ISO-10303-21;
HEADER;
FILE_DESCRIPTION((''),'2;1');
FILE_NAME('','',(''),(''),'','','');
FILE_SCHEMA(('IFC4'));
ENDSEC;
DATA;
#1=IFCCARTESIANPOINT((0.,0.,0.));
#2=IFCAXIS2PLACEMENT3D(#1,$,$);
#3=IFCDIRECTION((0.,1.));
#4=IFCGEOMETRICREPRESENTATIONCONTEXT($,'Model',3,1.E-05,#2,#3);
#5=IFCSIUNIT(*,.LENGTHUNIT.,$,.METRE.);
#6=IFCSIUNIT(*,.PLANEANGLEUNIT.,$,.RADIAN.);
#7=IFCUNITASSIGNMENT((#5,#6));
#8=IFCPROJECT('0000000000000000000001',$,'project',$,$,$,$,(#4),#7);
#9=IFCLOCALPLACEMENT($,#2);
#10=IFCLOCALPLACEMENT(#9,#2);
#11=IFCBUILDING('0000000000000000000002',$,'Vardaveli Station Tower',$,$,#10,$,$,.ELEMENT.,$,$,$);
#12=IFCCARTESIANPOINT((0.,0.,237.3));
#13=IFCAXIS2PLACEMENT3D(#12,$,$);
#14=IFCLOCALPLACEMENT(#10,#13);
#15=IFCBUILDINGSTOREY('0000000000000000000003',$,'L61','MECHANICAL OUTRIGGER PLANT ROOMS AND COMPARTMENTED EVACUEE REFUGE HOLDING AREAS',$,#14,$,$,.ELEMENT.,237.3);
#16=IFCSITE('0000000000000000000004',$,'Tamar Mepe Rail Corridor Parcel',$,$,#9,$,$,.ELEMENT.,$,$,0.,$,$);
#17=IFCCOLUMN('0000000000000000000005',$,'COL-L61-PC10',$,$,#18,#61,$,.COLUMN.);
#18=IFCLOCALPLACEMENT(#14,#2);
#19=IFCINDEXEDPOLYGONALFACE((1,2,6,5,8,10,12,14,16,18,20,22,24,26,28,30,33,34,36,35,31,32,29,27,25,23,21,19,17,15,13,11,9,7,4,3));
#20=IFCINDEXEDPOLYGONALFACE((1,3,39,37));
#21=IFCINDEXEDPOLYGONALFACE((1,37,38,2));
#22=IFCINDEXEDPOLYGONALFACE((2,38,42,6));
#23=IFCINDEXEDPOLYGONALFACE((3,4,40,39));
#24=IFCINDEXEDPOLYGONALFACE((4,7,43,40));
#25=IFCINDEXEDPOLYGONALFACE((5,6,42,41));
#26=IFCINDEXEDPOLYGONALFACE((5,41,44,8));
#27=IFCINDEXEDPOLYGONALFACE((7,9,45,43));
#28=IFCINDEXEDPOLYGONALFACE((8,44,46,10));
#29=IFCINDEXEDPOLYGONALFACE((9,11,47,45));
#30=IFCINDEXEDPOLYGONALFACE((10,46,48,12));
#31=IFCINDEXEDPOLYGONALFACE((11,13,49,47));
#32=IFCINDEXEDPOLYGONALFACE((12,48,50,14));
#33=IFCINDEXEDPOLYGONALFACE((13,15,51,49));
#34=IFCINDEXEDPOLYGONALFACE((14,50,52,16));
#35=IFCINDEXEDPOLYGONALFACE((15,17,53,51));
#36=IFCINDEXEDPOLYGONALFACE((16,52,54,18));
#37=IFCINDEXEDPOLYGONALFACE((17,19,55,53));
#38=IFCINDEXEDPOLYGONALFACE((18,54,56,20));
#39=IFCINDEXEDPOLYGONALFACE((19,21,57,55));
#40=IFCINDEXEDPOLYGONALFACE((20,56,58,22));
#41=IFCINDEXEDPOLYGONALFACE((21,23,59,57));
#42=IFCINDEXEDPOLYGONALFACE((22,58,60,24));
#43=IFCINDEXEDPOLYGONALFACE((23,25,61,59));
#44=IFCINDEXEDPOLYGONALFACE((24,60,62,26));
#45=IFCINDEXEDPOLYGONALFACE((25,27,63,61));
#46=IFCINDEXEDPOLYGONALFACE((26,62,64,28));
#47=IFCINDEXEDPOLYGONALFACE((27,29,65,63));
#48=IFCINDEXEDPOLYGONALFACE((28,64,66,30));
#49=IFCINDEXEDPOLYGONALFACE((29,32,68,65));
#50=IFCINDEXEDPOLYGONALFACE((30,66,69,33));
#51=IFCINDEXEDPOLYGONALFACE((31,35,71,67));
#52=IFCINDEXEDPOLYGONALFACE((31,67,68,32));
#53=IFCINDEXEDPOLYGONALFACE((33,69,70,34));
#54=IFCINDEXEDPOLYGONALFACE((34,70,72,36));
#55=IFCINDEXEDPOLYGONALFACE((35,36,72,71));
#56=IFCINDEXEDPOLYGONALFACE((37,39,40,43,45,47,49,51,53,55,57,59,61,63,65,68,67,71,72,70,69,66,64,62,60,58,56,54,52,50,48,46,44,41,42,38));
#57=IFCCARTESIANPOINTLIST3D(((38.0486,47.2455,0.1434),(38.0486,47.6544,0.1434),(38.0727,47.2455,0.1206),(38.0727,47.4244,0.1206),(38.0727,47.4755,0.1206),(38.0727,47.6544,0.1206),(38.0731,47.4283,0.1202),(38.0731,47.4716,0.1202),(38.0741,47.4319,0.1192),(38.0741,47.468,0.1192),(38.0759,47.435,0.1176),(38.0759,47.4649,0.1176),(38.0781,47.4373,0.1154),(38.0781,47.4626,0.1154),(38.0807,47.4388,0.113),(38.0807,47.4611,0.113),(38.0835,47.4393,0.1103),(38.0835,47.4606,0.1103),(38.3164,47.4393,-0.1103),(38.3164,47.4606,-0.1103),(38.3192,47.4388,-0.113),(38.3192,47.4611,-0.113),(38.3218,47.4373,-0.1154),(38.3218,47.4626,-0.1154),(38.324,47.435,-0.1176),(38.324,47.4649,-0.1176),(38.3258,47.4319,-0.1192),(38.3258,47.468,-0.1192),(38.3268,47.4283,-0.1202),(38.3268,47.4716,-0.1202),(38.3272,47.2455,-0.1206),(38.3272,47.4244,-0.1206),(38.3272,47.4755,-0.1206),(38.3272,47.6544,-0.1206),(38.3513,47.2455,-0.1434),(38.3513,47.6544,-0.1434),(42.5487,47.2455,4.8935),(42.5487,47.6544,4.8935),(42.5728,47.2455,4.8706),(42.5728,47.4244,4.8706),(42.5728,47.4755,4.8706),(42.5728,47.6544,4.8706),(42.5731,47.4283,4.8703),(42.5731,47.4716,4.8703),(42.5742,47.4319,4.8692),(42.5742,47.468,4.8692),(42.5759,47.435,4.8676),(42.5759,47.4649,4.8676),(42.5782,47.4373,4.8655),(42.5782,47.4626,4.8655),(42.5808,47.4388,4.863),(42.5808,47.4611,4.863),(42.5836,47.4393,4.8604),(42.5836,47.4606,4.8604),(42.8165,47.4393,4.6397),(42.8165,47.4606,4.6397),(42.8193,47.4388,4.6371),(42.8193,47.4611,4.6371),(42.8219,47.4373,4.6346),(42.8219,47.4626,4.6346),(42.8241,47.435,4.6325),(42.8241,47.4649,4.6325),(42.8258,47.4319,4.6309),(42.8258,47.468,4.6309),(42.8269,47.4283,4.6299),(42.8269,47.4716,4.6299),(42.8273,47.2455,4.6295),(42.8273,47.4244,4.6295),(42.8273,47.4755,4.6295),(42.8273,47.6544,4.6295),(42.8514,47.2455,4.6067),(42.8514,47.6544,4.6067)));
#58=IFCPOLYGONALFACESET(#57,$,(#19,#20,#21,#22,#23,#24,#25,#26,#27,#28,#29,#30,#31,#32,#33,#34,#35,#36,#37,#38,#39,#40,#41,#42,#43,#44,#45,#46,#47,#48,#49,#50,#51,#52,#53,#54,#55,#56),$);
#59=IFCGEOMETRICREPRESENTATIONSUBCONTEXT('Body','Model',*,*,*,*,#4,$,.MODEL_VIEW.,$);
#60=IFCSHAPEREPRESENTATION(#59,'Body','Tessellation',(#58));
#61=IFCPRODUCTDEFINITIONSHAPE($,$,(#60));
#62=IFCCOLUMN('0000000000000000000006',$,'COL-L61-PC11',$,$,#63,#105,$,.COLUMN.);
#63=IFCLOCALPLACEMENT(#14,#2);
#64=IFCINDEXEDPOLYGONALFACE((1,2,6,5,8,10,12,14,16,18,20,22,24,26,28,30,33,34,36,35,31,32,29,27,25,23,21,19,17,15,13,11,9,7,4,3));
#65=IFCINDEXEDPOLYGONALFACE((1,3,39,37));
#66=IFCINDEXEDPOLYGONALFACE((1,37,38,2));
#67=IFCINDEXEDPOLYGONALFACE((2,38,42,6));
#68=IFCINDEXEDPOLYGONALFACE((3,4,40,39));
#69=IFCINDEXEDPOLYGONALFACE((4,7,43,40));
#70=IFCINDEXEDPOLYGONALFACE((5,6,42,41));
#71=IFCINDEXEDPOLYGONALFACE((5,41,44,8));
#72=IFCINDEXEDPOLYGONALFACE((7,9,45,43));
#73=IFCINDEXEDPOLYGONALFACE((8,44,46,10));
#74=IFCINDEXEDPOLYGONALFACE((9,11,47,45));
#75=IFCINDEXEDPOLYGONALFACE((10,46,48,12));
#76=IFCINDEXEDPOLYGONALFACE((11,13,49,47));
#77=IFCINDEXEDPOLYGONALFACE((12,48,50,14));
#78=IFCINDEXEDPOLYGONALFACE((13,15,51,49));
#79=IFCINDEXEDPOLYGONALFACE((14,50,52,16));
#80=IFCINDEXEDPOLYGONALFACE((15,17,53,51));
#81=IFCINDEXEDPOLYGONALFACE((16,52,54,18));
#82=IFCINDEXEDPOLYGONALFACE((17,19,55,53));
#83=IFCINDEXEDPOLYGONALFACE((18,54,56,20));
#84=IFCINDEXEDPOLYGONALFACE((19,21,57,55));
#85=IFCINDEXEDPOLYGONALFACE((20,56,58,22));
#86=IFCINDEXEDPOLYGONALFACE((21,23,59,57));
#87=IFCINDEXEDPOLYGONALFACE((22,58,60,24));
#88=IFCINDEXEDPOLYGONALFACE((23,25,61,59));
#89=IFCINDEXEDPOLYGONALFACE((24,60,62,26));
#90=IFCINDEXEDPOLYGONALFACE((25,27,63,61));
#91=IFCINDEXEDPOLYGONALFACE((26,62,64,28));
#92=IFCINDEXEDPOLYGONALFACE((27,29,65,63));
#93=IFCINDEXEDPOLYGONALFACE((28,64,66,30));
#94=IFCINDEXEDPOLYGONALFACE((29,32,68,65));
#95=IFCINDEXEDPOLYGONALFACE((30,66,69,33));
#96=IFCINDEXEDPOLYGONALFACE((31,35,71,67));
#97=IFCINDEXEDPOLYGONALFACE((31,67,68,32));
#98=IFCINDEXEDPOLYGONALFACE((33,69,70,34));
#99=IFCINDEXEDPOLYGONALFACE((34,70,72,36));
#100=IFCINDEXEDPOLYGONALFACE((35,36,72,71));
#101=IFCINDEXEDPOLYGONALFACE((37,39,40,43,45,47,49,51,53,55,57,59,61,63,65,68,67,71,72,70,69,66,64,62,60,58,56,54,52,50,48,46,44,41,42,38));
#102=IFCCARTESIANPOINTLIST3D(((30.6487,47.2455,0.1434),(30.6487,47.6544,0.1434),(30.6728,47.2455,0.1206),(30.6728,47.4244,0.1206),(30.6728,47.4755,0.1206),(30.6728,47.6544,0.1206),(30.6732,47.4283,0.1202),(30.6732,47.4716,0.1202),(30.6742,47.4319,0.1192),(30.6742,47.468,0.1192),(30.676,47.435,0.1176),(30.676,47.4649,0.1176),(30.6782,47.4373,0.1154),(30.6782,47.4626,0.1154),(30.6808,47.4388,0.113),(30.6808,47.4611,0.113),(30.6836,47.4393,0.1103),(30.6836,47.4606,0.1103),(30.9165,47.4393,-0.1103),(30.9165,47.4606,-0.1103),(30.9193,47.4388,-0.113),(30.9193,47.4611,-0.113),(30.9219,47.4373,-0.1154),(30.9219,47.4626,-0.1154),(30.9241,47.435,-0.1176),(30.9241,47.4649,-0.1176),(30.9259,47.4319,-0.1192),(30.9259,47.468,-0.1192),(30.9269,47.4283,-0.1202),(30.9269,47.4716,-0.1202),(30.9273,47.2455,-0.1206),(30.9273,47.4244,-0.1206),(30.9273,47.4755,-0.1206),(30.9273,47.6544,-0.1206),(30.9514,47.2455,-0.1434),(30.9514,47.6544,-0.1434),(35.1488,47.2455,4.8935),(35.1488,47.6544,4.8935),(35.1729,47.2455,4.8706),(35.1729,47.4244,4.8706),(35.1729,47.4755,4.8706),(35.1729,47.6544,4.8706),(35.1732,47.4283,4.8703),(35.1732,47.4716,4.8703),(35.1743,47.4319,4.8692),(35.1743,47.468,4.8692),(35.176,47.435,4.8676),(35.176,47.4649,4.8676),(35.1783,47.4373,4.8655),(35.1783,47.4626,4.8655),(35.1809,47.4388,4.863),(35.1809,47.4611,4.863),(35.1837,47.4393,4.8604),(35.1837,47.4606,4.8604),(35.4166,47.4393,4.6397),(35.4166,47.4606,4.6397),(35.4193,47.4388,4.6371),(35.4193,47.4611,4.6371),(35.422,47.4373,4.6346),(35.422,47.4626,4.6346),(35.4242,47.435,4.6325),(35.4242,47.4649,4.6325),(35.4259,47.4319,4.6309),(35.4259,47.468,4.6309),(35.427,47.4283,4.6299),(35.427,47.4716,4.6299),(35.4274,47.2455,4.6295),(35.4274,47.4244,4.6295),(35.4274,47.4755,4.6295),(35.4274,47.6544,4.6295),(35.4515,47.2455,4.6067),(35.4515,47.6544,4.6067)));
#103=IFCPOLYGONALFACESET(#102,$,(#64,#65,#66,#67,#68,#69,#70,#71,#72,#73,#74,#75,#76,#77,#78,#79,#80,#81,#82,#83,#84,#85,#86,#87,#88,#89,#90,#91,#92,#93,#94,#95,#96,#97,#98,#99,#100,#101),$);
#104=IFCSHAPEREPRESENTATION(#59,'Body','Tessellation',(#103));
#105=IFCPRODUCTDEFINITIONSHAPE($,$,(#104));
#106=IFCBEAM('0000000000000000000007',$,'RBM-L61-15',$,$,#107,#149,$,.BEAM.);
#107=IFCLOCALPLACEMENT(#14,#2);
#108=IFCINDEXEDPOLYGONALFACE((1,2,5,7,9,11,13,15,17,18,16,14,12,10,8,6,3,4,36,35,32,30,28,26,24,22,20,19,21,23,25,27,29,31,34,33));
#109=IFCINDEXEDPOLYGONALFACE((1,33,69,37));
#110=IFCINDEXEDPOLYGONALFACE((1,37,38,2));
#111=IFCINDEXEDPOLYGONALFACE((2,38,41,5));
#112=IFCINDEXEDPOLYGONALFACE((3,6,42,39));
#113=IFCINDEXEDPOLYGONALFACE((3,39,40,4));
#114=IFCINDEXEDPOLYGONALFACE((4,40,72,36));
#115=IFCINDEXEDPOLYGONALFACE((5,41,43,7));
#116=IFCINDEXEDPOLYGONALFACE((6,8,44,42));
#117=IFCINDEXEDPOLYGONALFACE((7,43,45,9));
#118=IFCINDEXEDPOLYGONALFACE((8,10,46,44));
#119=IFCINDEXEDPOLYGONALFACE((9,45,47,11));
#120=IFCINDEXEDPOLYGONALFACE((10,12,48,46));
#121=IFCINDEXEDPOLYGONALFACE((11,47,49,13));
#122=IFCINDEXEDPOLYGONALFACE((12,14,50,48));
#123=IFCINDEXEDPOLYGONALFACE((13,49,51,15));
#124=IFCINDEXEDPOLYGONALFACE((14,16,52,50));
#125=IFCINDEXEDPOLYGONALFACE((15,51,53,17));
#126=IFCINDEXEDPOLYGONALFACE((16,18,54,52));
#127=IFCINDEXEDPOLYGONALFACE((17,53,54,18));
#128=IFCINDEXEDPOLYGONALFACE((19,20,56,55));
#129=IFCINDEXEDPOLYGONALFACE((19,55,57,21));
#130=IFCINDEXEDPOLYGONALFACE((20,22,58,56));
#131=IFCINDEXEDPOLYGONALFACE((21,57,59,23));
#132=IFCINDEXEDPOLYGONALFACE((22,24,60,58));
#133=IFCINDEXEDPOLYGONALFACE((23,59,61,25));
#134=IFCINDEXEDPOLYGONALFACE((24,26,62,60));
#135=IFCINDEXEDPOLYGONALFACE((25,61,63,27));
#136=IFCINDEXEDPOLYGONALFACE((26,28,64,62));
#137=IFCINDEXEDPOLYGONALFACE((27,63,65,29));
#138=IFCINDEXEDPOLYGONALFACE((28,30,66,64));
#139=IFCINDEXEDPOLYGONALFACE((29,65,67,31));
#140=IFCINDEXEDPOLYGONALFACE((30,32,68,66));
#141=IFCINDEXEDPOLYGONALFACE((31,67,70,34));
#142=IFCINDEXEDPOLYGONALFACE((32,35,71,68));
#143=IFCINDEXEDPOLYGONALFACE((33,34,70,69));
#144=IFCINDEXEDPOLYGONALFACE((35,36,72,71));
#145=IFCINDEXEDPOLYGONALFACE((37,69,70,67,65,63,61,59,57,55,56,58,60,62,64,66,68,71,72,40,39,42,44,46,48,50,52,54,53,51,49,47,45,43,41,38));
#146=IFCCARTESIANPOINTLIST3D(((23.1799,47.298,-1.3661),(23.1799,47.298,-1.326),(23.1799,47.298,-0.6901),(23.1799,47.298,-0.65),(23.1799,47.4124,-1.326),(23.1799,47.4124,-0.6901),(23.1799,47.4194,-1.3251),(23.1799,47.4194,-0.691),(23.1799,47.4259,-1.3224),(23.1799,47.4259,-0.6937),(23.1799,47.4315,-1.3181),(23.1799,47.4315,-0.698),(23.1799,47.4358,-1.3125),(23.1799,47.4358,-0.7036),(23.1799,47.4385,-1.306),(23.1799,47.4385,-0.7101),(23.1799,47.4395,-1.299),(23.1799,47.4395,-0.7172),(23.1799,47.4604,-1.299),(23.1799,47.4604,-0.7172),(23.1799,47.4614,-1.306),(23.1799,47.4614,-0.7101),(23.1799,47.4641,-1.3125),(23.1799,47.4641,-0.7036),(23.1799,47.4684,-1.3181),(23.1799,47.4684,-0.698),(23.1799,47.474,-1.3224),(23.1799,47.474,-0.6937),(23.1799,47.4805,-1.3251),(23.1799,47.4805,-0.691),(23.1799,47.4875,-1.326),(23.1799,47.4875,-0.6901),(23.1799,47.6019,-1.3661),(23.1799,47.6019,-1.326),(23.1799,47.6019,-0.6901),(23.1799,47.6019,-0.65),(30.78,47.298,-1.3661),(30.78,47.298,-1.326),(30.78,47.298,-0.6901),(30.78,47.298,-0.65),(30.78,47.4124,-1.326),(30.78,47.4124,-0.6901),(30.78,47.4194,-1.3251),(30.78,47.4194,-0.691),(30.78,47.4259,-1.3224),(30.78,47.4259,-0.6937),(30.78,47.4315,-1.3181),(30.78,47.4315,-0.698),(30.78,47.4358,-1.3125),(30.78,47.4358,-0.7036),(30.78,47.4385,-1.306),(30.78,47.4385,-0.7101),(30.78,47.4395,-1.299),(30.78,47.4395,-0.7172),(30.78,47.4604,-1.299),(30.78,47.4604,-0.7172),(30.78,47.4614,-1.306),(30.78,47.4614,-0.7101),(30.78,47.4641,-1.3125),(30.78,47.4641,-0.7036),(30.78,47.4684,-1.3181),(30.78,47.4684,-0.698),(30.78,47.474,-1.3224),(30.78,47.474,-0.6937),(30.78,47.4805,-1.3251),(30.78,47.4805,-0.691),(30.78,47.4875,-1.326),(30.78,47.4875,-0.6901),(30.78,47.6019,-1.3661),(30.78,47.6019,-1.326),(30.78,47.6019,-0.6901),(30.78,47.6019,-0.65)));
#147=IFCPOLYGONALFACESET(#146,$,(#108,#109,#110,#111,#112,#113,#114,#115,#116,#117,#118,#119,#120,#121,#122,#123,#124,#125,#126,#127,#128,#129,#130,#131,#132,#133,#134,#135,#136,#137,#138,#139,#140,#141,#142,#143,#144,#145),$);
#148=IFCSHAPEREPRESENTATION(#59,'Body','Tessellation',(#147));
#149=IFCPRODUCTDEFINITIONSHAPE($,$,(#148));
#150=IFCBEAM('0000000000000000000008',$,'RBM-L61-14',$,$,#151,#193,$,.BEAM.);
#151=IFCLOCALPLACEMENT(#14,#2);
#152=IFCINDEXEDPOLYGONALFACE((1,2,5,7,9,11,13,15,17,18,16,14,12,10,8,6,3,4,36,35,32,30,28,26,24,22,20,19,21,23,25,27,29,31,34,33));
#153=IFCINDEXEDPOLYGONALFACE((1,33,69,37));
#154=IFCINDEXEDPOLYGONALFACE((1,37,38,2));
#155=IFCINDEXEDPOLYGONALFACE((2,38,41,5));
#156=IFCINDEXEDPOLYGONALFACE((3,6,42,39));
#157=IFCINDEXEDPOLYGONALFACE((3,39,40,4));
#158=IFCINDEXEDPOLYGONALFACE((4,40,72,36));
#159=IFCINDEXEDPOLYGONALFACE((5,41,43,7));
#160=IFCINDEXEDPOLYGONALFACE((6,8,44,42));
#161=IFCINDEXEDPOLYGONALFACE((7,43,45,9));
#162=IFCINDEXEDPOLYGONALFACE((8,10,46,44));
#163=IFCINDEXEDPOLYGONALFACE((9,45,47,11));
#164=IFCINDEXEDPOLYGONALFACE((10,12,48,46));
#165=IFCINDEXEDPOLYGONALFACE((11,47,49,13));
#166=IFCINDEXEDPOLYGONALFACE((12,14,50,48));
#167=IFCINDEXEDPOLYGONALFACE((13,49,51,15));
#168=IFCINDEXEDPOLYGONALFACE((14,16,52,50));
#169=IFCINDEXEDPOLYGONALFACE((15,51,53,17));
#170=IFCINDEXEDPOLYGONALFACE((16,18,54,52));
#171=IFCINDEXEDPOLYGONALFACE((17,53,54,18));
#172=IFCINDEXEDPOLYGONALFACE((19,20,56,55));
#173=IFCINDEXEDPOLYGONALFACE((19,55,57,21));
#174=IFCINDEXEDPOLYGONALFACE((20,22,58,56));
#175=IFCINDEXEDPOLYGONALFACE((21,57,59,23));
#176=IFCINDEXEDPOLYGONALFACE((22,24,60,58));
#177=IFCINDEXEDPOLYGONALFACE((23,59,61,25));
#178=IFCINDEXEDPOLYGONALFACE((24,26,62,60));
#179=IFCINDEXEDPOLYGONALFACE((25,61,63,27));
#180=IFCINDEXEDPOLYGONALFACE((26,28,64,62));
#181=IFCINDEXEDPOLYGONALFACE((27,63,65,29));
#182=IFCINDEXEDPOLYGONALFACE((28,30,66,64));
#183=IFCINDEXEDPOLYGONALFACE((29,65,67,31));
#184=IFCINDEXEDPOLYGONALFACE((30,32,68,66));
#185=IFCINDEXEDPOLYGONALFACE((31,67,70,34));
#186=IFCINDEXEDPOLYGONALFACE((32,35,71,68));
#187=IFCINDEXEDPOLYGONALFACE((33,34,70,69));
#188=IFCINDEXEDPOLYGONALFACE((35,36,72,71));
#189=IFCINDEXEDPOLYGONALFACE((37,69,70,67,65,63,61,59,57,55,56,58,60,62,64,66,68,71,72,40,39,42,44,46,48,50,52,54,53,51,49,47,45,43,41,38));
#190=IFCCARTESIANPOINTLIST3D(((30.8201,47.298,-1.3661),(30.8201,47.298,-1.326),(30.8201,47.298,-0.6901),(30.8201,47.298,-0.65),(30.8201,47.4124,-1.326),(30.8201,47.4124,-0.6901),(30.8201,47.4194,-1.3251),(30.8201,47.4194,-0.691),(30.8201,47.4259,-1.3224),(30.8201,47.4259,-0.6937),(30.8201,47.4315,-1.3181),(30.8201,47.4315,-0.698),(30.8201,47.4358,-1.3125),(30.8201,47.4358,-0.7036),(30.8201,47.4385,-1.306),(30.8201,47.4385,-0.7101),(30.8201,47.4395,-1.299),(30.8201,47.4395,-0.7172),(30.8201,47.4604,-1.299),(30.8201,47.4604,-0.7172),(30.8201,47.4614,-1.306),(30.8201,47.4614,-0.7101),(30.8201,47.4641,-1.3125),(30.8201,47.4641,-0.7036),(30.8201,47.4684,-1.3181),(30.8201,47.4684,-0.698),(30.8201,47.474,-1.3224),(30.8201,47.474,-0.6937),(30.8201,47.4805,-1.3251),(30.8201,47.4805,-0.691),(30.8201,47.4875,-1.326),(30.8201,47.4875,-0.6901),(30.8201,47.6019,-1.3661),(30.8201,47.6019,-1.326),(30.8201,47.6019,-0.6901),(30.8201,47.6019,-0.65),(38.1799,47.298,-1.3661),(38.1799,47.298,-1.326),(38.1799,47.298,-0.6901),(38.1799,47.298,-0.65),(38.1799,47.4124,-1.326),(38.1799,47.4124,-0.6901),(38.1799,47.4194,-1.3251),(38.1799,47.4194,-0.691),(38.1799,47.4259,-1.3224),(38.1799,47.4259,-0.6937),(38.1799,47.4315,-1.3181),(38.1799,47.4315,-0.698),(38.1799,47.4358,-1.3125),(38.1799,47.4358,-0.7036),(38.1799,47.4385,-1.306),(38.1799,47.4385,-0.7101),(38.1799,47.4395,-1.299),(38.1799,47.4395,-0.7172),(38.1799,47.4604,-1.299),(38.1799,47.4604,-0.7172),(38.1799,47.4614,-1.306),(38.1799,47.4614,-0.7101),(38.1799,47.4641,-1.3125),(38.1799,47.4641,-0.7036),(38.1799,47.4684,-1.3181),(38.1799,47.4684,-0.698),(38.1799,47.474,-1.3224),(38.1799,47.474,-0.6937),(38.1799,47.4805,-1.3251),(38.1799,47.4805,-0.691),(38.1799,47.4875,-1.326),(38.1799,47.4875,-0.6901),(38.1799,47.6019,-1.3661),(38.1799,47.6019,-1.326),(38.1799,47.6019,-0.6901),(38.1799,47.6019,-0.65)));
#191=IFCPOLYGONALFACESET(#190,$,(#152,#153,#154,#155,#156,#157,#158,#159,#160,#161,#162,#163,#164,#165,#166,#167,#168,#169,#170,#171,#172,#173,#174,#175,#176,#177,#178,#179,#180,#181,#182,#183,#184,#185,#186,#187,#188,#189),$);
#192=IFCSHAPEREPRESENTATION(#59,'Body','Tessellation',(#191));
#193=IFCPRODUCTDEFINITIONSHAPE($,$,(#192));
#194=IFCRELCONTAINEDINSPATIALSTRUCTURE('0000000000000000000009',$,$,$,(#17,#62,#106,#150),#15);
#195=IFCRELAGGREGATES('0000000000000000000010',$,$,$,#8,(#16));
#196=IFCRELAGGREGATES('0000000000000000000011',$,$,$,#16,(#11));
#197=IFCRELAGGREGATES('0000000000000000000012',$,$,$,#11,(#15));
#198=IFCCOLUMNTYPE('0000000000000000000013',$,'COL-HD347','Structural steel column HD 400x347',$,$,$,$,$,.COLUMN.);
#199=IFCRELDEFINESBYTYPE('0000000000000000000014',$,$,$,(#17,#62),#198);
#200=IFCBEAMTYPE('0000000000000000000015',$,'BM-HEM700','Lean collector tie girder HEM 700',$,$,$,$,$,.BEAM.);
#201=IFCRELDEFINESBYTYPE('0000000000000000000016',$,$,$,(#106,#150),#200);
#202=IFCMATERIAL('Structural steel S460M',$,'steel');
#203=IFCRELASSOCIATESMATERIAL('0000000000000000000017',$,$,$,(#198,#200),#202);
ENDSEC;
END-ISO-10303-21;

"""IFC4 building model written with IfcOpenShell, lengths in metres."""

from ifc_helpers import new_model, si_unit, direction, frame, origin, origin_2d, place, context, subcontext, project, spatial, i_section, extrude, source, transform, mapped, material, material_profile, profile_set, type_object, element, save


model = new_model("IFC4")

# Units and contexts
model_context = context("Model", 3, precision=1e-05, world=origin(), true_north=direction((0.0, 1.0)))
body_context = subcontext(model_context, "Body", "Model", "MODEL_VIEW")
ifc_project = project(units=[si_unit("LENGTHUNIT", "METRE"), si_unit("PLANEANGLEUNIT", "RADIAN")], contexts=[model_context])

# Site, building, storey
site_placement = place(None, origin())
site = spatial("IfcSite", under=ifc_project, at=site_placement, Name="Tamar Mepe Rail Corridor Parcel", CompositionType="ELEMENT", RefElevation=0.0)
building_placement = place(site_placement, origin())
building = spatial("IfcBuilding", under=site, at=building_placement, Name="Vardaveli Station Tower", CompositionType="ELEMENT")
storey_placement = place(building_placement, frame((0.0, 0.0, 237.3)))
storey = spatial("IfcBuildingStorey", under=building, at=storey_placement, Name="L61", Description="MECHANICAL OUTRIGGER PLANT ROOMS AND COMPARTMENTED EVACUEE REFUGE HOLDING AREAS", CompositionType="ELEMENT", Elevation=237.3)

# Columns
ifc_material_1 = material(Name="Structural steel S460M", Category="steel")
ifc_material_profile_1 = material_profile(ifc_material_1, i_section(OverallWidth=0.4089, OverallDepth=0.417, WebThickness=0.0212, FlangeThickness=0.0332, FilletRadius=0.0149, at=origin_2d()), Name="HD 400x347")
ifc_profile_set_1 = profile_set([ifc_material_profile_1], Name="Structural steel S460M")
column_type = type_object("IfcColumnType", Name="COL-HD347", Description="Structural steel column HD 400x347", PredefinedType="COLUMN", material=ifc_profile_set_1)
shared_shape_1 = source(origin(), body_context, "Body", "SweptSolid", [
    extrude(i_section(OverallWidth=0.4089, OverallDepth=0.417, WebThickness=0.0212, FlangeThickness=0.0332, FilletRadius=0.0149, at=origin_2d()), origin(), (0.0, 0.0, 1.0), 6.5432),
])
for number, where, z_axis, x_axis, name in (
    (1, (38.2, 47.45, 0.0), (0.687745, 0.0, 0.725953), (0.0, 1.0, 0.0), "COL-L61-PC10"),
    (2, (30.8, 47.45, 0.0), (0.687745, 0.0, 0.725953), (0.0, 1.0, 0.0), "COL-L61-PC11"),
):
    element("IfcColumn", number, at=place(storey_placement, frame(where, z_axis=z_axis, x_axis=x_axis)), inside=storey, type_object=column_type, Name=name, PredefinedType="COLUMN", context=body_context, shape_type="MappedRepresentation", body=[
        mapped(shared_shape_1, transform((0.0, 0.0, 0.0), scale=1.0)),
    ])

# Beams
ifc_material_profile_2 = material_profile(ifc_material_1, i_section(OverallWidth=0.304, OverallDepth=0.7161, WebThickness=0.021, FlangeThickness=0.04, FilletRadius=0.0271, at=origin_2d()), Name="HEM 700")
ifc_profile_set_2 = profile_set([ifc_material_profile_2], Name="Structural steel S460M")
beam_type = type_object("IfcBeamType", Name="BM-HEM700", Description="Lean collector tie girder HEM 700", PredefinedType="BEAM", material=ifc_profile_set_2)
shared_shape_2 = source(origin(), body_context, "Body", "SweptSolid", [
    extrude(i_section(OverallWidth=0.304, OverallDepth=0.7161, WebThickness=0.021, FlangeThickness=0.04, FilletRadius=0.0271, at=origin_2d()), origin(), (0.0, 0.0, 1.0), 7.6001),
])
beam_1_placement = place(storey_placement, frame((30.78, 47.45, -1.0081), z_axis=(-1.0, 0.0, 0.0), x_axis=(0.0, -1.0, 0.0)))
element("IfcBeam", 3, at=beam_1_placement, inside=storey, type_object=beam_type, Name="RBM-L61-15", PredefinedType="BEAM", context=body_context, shape_type="MappedRepresentation", body=[
    mapped(shared_shape_2, transform((0.0, 0.0, 0.0), scale=1.0)),
])
shared_shape_3 = source(origin(), body_context, "Body", "SweptSolid", [
    extrude(i_section(OverallWidth=0.304, OverallDepth=0.7161, WebThickness=0.021, FlangeThickness=0.04, FilletRadius=0.0271, at=origin_2d()), origin(), (0.0, 0.0, 1.0), 7.3599),
])
beam_2_placement = place(storey_placement, frame((38.1799, 47.45, -1.0081), z_axis=(-1.0, 0.0, 0.0), x_axis=(0.0, -1.0, 0.0)))
element("IfcBeam", 4, at=beam_2_placement, inside=storey, type_object=beam_type, Name="RBM-L61-14", PredefinedType="BEAM", context=body_context, shape_type="MappedRepresentation", body=[
    mapped(shared_shape_3, transform((0.0, 0.0, 0.0), scale=1.0)),
])

save(model, "model.ifc")
